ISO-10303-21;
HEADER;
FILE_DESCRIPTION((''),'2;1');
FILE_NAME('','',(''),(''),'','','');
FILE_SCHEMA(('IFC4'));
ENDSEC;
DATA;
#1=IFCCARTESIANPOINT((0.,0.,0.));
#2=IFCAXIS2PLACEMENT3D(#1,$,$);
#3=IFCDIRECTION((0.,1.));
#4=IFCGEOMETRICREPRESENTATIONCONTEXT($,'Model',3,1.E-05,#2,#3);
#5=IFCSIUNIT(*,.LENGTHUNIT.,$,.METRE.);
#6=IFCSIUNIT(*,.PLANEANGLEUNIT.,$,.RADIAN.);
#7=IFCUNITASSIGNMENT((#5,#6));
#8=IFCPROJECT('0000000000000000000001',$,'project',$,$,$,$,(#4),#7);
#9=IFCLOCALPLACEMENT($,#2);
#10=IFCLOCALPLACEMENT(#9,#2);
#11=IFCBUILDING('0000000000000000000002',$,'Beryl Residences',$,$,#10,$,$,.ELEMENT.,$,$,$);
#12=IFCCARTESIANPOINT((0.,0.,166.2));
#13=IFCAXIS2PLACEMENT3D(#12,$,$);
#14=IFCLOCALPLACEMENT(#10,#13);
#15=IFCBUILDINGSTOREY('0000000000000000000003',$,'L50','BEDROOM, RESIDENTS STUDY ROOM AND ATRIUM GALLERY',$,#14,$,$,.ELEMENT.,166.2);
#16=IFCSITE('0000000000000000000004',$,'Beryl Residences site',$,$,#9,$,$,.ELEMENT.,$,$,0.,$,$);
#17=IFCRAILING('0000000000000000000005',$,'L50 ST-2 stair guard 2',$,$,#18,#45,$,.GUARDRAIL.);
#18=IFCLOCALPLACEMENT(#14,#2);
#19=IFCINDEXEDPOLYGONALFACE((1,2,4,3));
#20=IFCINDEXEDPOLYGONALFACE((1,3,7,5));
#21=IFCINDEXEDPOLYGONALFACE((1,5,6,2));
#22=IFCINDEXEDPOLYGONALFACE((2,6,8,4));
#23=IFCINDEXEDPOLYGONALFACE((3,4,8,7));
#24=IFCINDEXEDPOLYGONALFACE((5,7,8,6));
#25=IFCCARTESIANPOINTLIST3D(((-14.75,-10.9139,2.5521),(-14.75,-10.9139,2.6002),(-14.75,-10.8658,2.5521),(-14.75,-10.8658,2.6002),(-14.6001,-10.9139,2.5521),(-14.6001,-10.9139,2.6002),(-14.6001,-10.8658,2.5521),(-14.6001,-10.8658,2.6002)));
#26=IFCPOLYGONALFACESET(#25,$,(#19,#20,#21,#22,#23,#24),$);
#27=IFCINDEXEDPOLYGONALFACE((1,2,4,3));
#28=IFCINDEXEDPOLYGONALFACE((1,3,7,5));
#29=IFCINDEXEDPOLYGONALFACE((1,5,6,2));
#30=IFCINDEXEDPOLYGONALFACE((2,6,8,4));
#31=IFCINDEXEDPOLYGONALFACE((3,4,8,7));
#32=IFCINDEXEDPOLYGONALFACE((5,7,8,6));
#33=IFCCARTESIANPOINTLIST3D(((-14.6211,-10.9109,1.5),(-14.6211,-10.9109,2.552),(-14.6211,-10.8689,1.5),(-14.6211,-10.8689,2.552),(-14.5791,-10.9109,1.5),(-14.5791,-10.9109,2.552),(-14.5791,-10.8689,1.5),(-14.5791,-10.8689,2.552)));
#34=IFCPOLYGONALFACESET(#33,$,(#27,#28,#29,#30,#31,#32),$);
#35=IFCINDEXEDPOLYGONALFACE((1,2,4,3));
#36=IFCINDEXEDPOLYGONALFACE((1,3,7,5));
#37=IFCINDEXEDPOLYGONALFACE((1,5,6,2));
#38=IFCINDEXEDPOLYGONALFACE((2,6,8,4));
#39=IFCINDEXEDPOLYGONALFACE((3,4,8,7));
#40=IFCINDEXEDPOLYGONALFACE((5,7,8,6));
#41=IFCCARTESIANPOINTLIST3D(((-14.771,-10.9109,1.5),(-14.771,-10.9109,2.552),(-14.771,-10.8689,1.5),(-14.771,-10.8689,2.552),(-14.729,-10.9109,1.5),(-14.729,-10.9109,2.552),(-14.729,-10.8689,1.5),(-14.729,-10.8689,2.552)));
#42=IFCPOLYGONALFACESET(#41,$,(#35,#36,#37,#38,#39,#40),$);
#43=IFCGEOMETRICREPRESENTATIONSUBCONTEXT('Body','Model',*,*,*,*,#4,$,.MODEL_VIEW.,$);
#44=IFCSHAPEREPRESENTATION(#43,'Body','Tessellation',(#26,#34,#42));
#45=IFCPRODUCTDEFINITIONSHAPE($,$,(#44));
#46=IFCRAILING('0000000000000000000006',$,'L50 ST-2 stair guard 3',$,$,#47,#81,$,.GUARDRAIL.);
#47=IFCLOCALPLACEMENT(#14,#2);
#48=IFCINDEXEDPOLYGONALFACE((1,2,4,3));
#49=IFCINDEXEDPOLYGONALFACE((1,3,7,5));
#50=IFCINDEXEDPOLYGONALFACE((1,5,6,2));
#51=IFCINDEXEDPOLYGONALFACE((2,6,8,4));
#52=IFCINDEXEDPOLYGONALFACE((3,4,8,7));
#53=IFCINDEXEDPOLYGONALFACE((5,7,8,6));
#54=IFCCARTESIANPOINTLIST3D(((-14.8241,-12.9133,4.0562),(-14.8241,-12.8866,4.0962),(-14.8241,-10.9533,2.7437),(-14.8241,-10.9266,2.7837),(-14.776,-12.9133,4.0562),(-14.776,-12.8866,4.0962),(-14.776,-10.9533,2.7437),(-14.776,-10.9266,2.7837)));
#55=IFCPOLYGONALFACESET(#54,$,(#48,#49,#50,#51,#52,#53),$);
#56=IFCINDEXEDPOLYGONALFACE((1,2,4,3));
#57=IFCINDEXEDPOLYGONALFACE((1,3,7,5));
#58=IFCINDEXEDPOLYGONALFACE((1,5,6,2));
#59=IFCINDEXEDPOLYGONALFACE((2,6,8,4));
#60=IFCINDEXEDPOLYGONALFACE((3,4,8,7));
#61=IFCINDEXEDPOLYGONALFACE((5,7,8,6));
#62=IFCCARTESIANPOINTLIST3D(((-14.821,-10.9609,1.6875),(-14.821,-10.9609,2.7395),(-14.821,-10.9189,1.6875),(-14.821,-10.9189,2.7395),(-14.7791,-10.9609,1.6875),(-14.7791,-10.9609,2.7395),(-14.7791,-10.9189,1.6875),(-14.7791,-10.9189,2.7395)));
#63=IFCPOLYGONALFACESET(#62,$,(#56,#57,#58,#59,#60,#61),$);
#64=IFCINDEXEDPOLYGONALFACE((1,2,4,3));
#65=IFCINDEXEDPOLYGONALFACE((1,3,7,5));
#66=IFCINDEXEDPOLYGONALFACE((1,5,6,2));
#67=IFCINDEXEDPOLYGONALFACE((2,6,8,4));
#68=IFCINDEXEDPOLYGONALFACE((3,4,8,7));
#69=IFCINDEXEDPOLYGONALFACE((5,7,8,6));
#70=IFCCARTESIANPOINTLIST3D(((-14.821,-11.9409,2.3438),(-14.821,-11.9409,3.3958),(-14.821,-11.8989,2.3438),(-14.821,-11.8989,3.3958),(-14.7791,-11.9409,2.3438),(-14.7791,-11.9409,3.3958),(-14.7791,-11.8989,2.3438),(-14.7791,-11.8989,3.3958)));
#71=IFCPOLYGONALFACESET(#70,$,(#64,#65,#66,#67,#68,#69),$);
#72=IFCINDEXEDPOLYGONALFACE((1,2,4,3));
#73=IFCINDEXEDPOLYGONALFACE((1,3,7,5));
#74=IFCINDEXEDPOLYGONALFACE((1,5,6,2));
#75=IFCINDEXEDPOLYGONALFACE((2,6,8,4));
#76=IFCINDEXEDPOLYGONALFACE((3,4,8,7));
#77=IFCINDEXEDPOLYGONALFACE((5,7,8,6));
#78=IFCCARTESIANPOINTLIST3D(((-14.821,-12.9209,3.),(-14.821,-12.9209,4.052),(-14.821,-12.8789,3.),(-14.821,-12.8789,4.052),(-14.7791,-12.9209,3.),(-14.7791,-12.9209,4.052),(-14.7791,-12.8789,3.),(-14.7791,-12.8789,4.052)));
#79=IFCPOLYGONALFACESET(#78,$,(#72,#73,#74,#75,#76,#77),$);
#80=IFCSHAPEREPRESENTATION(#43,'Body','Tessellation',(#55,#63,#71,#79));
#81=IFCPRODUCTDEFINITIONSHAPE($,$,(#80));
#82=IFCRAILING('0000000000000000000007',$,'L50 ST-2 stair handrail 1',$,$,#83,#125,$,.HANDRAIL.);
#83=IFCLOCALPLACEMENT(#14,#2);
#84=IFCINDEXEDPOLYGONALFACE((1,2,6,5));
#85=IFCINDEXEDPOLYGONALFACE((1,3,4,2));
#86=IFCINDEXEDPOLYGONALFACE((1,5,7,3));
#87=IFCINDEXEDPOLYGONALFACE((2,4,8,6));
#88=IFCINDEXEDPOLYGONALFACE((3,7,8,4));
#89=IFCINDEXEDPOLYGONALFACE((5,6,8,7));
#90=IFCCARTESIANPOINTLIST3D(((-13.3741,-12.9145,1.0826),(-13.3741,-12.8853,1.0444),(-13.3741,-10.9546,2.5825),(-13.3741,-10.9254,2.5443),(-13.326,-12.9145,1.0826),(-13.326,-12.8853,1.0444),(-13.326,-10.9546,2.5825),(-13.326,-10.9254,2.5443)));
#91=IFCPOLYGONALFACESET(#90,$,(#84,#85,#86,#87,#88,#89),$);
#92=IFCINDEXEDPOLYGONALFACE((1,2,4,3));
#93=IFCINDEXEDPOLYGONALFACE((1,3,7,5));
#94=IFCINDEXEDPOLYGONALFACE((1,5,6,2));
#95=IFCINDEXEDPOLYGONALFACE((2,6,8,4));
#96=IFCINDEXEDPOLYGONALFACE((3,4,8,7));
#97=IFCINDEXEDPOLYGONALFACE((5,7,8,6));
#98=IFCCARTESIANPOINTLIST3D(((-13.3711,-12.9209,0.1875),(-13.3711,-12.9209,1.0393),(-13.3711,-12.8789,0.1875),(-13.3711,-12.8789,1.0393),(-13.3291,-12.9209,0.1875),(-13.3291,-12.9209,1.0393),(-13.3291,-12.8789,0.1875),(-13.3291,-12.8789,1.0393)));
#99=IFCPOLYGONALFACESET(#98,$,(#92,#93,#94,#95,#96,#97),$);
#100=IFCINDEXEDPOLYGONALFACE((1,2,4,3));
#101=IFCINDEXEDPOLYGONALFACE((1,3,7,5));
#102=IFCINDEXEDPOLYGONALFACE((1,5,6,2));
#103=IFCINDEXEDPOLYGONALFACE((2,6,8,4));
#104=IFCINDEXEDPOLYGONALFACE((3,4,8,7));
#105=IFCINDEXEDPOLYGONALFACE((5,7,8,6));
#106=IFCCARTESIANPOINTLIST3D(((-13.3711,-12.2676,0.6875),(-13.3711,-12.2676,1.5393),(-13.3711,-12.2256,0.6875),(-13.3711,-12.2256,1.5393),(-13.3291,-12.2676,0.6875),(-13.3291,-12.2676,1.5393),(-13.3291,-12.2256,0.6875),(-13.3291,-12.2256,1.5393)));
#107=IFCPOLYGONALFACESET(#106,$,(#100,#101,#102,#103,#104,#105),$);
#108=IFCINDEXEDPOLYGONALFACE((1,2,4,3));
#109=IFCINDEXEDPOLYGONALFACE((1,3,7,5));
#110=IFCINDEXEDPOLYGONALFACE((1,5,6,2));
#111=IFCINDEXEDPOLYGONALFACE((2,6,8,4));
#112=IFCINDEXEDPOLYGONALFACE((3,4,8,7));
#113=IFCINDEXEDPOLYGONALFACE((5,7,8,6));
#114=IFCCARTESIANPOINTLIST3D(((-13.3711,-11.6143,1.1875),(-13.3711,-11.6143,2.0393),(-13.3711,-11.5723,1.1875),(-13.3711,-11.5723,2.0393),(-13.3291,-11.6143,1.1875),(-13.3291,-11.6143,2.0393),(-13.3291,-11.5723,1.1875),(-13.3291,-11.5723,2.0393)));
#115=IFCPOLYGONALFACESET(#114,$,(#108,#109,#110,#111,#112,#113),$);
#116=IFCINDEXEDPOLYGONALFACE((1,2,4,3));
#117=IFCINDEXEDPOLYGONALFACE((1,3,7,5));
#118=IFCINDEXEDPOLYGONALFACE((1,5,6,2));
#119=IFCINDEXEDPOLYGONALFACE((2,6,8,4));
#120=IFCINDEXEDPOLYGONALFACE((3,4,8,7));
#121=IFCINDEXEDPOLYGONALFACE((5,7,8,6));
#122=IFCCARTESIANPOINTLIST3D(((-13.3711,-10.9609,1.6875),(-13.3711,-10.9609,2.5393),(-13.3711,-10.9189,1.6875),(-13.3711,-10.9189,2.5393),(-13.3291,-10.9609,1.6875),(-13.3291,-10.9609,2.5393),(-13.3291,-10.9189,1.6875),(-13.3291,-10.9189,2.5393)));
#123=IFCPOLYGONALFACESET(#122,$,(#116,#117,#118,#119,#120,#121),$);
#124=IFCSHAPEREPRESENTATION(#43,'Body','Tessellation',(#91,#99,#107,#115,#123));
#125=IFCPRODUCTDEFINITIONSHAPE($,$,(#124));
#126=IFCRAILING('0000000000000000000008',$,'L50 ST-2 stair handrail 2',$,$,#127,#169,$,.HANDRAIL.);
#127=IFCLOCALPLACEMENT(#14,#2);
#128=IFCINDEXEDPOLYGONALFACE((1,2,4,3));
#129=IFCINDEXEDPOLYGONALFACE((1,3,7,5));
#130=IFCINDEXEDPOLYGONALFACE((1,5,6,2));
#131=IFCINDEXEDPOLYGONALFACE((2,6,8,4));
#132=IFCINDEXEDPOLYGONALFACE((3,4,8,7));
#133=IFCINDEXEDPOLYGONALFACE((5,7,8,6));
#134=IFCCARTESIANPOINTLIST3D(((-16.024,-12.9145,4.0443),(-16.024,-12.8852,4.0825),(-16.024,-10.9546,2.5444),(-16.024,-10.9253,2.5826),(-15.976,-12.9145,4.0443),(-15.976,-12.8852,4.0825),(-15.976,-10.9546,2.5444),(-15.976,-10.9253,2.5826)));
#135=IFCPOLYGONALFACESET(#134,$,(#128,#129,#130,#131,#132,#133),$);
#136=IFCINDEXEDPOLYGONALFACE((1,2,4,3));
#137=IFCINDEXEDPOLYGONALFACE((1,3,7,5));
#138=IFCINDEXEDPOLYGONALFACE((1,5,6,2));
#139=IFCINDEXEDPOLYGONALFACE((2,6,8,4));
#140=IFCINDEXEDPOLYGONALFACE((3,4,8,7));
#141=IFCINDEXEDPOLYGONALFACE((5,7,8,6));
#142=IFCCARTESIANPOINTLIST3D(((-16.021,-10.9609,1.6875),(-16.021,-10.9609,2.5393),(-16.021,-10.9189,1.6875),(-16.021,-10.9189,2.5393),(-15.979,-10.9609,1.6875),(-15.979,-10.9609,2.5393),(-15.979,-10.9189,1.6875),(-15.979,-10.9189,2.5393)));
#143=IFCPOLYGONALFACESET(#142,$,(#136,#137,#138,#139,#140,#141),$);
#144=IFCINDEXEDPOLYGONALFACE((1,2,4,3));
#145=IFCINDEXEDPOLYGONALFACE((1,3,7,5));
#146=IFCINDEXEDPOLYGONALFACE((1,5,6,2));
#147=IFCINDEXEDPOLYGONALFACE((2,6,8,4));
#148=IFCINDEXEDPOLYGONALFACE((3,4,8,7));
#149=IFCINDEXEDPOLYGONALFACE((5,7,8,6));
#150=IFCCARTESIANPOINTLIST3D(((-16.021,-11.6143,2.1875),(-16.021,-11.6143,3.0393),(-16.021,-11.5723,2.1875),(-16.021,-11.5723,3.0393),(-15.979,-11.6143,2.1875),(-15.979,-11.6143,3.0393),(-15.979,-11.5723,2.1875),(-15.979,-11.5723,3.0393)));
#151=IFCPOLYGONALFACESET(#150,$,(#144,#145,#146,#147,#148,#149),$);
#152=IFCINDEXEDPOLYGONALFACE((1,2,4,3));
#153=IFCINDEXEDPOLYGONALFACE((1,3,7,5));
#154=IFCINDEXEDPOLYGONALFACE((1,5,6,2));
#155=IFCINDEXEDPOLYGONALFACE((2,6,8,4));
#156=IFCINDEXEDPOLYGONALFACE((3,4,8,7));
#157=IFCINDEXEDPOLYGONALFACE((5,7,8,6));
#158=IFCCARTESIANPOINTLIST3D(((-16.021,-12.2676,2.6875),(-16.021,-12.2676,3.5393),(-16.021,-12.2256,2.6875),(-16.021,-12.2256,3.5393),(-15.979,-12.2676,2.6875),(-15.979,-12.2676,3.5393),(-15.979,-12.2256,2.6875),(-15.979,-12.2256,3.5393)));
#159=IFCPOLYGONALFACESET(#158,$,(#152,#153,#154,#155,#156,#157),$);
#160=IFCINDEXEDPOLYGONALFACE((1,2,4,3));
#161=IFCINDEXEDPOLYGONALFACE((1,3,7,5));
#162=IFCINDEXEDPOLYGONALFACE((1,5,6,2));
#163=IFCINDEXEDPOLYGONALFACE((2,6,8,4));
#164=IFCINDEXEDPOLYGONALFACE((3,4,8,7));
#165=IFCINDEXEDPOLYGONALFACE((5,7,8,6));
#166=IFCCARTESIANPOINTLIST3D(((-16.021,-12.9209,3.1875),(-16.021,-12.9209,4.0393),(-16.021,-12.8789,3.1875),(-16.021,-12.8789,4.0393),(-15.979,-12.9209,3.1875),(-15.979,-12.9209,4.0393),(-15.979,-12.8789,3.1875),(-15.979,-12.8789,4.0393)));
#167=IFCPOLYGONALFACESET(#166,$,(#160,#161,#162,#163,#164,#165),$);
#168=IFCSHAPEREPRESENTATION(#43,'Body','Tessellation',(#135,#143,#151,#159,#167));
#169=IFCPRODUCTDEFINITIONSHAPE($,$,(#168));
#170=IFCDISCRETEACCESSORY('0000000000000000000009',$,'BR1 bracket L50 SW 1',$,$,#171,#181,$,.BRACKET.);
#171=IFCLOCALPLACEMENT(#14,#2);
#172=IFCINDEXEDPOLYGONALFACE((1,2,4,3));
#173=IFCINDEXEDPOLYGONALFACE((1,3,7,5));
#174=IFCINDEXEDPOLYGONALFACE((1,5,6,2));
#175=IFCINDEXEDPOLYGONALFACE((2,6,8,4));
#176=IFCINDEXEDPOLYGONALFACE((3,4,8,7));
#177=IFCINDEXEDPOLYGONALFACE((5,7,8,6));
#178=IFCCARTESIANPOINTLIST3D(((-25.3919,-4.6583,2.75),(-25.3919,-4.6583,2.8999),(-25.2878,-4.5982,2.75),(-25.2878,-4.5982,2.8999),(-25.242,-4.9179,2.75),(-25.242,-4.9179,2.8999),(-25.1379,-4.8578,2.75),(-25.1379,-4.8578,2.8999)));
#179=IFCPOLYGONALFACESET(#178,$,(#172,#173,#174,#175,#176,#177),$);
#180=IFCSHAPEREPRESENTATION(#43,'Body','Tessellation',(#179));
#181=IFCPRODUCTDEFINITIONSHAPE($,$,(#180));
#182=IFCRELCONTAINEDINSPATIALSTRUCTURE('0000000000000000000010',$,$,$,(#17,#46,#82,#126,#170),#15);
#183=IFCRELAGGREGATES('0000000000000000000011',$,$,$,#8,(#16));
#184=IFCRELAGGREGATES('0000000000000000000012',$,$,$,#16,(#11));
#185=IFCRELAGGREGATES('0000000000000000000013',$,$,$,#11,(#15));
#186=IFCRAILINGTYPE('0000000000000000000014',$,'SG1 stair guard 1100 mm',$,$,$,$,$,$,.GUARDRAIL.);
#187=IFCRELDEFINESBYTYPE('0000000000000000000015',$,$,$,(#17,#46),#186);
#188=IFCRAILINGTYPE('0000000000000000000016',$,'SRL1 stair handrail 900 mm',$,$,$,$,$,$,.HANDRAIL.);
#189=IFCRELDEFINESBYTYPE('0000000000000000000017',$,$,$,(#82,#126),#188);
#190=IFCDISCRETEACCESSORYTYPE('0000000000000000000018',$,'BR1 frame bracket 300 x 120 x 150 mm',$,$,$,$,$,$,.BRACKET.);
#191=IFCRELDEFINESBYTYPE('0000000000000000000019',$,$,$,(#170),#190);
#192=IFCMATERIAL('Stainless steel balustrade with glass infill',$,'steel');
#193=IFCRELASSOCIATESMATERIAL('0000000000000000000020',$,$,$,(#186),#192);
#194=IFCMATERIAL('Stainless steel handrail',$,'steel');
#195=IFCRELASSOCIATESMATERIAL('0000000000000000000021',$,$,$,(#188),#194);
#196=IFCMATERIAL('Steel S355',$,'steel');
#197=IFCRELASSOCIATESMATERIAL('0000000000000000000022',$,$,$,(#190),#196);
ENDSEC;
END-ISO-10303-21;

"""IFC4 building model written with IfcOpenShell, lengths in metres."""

from ifc_helpers import new_model, si_unit, direction, frame, origin, origin_2d, place, context, subcontext, project, spatial, polyline, rectangle, outline, extrude, source, transform, mapped, material, type_object, type_shapes, element, save


model = new_model("IFC4")

# Units and contexts
model_context = context("Model", 3, precision=1e-05, world=origin(), true_north=direction((0.0, 1.0)))
body_context = subcontext(model_context, "Body", "Model", "MODEL_VIEW")
ifc_project = project(units=[si_unit("LENGTHUNIT", "METRE"), si_unit("PLANEANGLEUNIT", "RADIAN")], contexts=[model_context])

# Site, building, storey
site_placement = place(None, origin())
site = spatial("IfcSite", under=ifc_project, at=site_placement, Name="Beryl Residences site", CompositionType="ELEMENT", RefElevation=0.0)
building_placement = place(site_placement, origin())
building = spatial("IfcBuilding", under=site, at=building_placement, Name="Beryl Residences", CompositionType="ELEMENT")
storey_placement = place(building_placement, frame((0.0, 0.0, 166.2)))
storey = spatial("IfcBuildingStorey", under=building, at=storey_placement, Name="L50", Description="BEDROOM, RESIDENTS STUDY ROOM AND ATRIUM GALLERY", CompositionType="ELEMENT", Elevation=166.2)

# Railings
ifc_material_1 = material(Name="Stainless steel balustrade with glass infill", Category="steel")
railing_type_1 = type_object("IfcRailingType", Name="SG1 stair guard 1100 mm", PredefinedType="GUARDRAIL", material=ifc_material_1)
railing_1_placement = place(storey_placement, frame((-14.6001, -10.8899, 1.5)))
element("IfcRailing", 1, at=railing_1_placement, inside=storey, type_object=railing_type_1, Name="L50 ST-2 stair guard 2", PredefinedType="GUARDRAIL", context=body_context, shape_type="SweptSolid", body=[
    extrude(rectangle(XDim=0.0481, YDim=0.0481, at=origin_2d()), frame((0.0, 0.0, 1.0762), z_axis=(-1.0, 0.0, 0.0), x_axis=(0.0, -1.0, 0.0)), (0.0, 0.0, 1.0), 0.1499),
    extrude(rectangle(XDim=0.042, YDim=0.042, at=origin_2d()), origin(), (0.0, 0.0, 1.0), 1.052),
    extrude(rectangle(XDim=0.042, YDim=0.042, at=origin_2d()), frame((-0.1499, 0.0, 0.0)), (0.0, 0.0, 1.0), 1.052),
])
railing_2_placement = place(storey_placement, frame((-14.8, -10.9399, 1.6875)))
element("IfcRailing", 2, at=railing_2_placement, inside=storey, type_object=railing_type_1, Name="L50 ST-2 stair guard 3", PredefinedType="GUARDRAIL", context=body_context, shape_type="SweptSolid", body=[
    extrude(rectangle(XDim=0.0481, YDim=0.0481, at=origin_2d()), frame((0.0, 0.0, 1.0762), z_axis=(0.0, -0.830902, 0.556419), x_axis=(1.0, 0.0, 0.0)), (0.0, 0.0, 1.0), 2.3589),
    extrude(rectangle(XDim=0.042, YDim=0.042, at=origin_2d()), origin(), (0.0, 0.0, 1.0), 1.052),
    extrude(rectangle(XDim=0.042, YDim=0.042, at=origin_2d()), frame((0.0, -0.98, 0.6562)), (0.0, 0.0, 1.0), 1.052),
    extrude(rectangle(XDim=0.042, YDim=0.042, at=origin_2d()), frame((0.0, -1.96, 1.3125)), (0.0, 0.0, 1.0), 1.052),
])
ifc_material_2 = material(Name="Stainless steel handrail", Category="steel")
railing_type_2 = type_object("IfcRailingType", Name="SRL1 stair handrail 900 mm", PredefinedType="HANDRAIL", material=ifc_material_2)
railing_3_placement = place(storey_placement, frame((-13.3501, -12.8999, 0.1875)))
element("IfcRailing", 3, at=railing_3_placement, inside=storey, type_object=railing_type_2, Name="L50 ST-2 stair handrail 1", PredefinedType="HANDRAIL", context=body_context, shape_type="SweptSolid", body=[
    extrude(rectangle(XDim=0.0481, YDim=0.0481, at=origin_2d()), frame((0.0, 0.0, 0.876), z_axis=(0.0, 0.794122, 0.607758), x_axis=(-1.0, 0.0, 0.0)), (0.0, 0.0, 1.0), 2.468),
    extrude(rectangle(XDim=0.042, YDim=0.042, at=origin_2d()), origin(), (0.0, 0.0, 1.0), 0.8518),
    extrude(rectangle(XDim=0.042, YDim=0.042, at=origin_2d()), frame((0.0, 0.6533, 0.5)), (0.0, 0.0, 1.0), 0.8518),
    extrude(rectangle(XDim=0.042, YDim=0.042, at=origin_2d()), frame((0.0, 1.3066, 1.0)), (0.0, 0.0, 1.0), 0.8518),
    extrude(rectangle(XDim=0.042, YDim=0.042, at=origin_2d()), frame((0.0, 1.96, 1.5)), (0.0, 0.0, 1.0), 0.8518),
])
railing_4_placement = place(storey_placement, frame((-16.0, -10.9399, 1.6875)))
element("IfcRailing", 4, at=railing_4_placement, inside=storey, type_object=railing_type_2, Name="L50 ST-2 stair handrail 2", PredefinedType="HANDRAIL", context=body_context, shape_type="SweptSolid", body=[
    extrude(rectangle(XDim=0.0481, YDim=0.0481, at=origin_2d()), frame((0.0, 0.0, 0.876), z_axis=(0.0, -0.794122, 0.607758), x_axis=(1.0, 0.0, 0.0)), (0.0, 0.0, 1.0), 2.468),
    extrude(rectangle(XDim=0.042, YDim=0.042, at=origin_2d()), origin(), (0.0, 0.0, 1.0), 0.8518),
    extrude(rectangle(XDim=0.042, YDim=0.042, at=origin_2d()), frame((0.0, -0.6533, 0.5)), (0.0, 0.0, 1.0), 0.8518),
    extrude(rectangle(XDim=0.042, YDim=0.042, at=origin_2d()), frame((0.0, -1.3066, 1.0)), (0.0, 0.0, 1.0), 0.8518),
    extrude(rectangle(XDim=0.042, YDim=0.042, at=origin_2d()), frame((0.0, -1.96, 1.5)), (0.0, 0.0, 1.0), 0.8518),
])

# Discrete accessory
ifc_material_3 = material(Name="Steel S355", Category="steel")
discrete_accessory_type = type_object("IfcDiscreteAccessoryType", Name="BR1 frame bracket 300 x 120 x 150 mm", PredefinedType="BRACKET", material=ifc_material_3)
shared_shape_1 = source(origin(), body_context, "Body", "SweptSolid", [
    extrude(outline(polyline([(-0.1499, 0.0), (0.1499, 0.0), (0.1499, 0.1201), (-0.1499, 0.1201), (-0.1499, 0.0)])), origin(), (0.0, 0.0, 1.0), 0.1499),
])
type_shapes(discrete_accessory_type, [shared_shape_1])
discrete_accessory_placement = place(storey_placement, frame((-25.2129, -4.728, 2.75), z_axis=(0.0, 0.0, 1.0), x_axis=(-0.5, 0.866025, 0.0)))
element("IfcDiscreteAccessory", 5, at=discrete_accessory_placement, inside=storey, type_object=discrete_accessory_type, Name="BR1 bracket L50 SW 1", PredefinedType="BRACKET", context=body_context, shape_type="MappedRepresentation", body=[
    mapped(shared_shape_1, transform((0.0, 0.0, 0.0))),
])

save(model, "model.ifc")
